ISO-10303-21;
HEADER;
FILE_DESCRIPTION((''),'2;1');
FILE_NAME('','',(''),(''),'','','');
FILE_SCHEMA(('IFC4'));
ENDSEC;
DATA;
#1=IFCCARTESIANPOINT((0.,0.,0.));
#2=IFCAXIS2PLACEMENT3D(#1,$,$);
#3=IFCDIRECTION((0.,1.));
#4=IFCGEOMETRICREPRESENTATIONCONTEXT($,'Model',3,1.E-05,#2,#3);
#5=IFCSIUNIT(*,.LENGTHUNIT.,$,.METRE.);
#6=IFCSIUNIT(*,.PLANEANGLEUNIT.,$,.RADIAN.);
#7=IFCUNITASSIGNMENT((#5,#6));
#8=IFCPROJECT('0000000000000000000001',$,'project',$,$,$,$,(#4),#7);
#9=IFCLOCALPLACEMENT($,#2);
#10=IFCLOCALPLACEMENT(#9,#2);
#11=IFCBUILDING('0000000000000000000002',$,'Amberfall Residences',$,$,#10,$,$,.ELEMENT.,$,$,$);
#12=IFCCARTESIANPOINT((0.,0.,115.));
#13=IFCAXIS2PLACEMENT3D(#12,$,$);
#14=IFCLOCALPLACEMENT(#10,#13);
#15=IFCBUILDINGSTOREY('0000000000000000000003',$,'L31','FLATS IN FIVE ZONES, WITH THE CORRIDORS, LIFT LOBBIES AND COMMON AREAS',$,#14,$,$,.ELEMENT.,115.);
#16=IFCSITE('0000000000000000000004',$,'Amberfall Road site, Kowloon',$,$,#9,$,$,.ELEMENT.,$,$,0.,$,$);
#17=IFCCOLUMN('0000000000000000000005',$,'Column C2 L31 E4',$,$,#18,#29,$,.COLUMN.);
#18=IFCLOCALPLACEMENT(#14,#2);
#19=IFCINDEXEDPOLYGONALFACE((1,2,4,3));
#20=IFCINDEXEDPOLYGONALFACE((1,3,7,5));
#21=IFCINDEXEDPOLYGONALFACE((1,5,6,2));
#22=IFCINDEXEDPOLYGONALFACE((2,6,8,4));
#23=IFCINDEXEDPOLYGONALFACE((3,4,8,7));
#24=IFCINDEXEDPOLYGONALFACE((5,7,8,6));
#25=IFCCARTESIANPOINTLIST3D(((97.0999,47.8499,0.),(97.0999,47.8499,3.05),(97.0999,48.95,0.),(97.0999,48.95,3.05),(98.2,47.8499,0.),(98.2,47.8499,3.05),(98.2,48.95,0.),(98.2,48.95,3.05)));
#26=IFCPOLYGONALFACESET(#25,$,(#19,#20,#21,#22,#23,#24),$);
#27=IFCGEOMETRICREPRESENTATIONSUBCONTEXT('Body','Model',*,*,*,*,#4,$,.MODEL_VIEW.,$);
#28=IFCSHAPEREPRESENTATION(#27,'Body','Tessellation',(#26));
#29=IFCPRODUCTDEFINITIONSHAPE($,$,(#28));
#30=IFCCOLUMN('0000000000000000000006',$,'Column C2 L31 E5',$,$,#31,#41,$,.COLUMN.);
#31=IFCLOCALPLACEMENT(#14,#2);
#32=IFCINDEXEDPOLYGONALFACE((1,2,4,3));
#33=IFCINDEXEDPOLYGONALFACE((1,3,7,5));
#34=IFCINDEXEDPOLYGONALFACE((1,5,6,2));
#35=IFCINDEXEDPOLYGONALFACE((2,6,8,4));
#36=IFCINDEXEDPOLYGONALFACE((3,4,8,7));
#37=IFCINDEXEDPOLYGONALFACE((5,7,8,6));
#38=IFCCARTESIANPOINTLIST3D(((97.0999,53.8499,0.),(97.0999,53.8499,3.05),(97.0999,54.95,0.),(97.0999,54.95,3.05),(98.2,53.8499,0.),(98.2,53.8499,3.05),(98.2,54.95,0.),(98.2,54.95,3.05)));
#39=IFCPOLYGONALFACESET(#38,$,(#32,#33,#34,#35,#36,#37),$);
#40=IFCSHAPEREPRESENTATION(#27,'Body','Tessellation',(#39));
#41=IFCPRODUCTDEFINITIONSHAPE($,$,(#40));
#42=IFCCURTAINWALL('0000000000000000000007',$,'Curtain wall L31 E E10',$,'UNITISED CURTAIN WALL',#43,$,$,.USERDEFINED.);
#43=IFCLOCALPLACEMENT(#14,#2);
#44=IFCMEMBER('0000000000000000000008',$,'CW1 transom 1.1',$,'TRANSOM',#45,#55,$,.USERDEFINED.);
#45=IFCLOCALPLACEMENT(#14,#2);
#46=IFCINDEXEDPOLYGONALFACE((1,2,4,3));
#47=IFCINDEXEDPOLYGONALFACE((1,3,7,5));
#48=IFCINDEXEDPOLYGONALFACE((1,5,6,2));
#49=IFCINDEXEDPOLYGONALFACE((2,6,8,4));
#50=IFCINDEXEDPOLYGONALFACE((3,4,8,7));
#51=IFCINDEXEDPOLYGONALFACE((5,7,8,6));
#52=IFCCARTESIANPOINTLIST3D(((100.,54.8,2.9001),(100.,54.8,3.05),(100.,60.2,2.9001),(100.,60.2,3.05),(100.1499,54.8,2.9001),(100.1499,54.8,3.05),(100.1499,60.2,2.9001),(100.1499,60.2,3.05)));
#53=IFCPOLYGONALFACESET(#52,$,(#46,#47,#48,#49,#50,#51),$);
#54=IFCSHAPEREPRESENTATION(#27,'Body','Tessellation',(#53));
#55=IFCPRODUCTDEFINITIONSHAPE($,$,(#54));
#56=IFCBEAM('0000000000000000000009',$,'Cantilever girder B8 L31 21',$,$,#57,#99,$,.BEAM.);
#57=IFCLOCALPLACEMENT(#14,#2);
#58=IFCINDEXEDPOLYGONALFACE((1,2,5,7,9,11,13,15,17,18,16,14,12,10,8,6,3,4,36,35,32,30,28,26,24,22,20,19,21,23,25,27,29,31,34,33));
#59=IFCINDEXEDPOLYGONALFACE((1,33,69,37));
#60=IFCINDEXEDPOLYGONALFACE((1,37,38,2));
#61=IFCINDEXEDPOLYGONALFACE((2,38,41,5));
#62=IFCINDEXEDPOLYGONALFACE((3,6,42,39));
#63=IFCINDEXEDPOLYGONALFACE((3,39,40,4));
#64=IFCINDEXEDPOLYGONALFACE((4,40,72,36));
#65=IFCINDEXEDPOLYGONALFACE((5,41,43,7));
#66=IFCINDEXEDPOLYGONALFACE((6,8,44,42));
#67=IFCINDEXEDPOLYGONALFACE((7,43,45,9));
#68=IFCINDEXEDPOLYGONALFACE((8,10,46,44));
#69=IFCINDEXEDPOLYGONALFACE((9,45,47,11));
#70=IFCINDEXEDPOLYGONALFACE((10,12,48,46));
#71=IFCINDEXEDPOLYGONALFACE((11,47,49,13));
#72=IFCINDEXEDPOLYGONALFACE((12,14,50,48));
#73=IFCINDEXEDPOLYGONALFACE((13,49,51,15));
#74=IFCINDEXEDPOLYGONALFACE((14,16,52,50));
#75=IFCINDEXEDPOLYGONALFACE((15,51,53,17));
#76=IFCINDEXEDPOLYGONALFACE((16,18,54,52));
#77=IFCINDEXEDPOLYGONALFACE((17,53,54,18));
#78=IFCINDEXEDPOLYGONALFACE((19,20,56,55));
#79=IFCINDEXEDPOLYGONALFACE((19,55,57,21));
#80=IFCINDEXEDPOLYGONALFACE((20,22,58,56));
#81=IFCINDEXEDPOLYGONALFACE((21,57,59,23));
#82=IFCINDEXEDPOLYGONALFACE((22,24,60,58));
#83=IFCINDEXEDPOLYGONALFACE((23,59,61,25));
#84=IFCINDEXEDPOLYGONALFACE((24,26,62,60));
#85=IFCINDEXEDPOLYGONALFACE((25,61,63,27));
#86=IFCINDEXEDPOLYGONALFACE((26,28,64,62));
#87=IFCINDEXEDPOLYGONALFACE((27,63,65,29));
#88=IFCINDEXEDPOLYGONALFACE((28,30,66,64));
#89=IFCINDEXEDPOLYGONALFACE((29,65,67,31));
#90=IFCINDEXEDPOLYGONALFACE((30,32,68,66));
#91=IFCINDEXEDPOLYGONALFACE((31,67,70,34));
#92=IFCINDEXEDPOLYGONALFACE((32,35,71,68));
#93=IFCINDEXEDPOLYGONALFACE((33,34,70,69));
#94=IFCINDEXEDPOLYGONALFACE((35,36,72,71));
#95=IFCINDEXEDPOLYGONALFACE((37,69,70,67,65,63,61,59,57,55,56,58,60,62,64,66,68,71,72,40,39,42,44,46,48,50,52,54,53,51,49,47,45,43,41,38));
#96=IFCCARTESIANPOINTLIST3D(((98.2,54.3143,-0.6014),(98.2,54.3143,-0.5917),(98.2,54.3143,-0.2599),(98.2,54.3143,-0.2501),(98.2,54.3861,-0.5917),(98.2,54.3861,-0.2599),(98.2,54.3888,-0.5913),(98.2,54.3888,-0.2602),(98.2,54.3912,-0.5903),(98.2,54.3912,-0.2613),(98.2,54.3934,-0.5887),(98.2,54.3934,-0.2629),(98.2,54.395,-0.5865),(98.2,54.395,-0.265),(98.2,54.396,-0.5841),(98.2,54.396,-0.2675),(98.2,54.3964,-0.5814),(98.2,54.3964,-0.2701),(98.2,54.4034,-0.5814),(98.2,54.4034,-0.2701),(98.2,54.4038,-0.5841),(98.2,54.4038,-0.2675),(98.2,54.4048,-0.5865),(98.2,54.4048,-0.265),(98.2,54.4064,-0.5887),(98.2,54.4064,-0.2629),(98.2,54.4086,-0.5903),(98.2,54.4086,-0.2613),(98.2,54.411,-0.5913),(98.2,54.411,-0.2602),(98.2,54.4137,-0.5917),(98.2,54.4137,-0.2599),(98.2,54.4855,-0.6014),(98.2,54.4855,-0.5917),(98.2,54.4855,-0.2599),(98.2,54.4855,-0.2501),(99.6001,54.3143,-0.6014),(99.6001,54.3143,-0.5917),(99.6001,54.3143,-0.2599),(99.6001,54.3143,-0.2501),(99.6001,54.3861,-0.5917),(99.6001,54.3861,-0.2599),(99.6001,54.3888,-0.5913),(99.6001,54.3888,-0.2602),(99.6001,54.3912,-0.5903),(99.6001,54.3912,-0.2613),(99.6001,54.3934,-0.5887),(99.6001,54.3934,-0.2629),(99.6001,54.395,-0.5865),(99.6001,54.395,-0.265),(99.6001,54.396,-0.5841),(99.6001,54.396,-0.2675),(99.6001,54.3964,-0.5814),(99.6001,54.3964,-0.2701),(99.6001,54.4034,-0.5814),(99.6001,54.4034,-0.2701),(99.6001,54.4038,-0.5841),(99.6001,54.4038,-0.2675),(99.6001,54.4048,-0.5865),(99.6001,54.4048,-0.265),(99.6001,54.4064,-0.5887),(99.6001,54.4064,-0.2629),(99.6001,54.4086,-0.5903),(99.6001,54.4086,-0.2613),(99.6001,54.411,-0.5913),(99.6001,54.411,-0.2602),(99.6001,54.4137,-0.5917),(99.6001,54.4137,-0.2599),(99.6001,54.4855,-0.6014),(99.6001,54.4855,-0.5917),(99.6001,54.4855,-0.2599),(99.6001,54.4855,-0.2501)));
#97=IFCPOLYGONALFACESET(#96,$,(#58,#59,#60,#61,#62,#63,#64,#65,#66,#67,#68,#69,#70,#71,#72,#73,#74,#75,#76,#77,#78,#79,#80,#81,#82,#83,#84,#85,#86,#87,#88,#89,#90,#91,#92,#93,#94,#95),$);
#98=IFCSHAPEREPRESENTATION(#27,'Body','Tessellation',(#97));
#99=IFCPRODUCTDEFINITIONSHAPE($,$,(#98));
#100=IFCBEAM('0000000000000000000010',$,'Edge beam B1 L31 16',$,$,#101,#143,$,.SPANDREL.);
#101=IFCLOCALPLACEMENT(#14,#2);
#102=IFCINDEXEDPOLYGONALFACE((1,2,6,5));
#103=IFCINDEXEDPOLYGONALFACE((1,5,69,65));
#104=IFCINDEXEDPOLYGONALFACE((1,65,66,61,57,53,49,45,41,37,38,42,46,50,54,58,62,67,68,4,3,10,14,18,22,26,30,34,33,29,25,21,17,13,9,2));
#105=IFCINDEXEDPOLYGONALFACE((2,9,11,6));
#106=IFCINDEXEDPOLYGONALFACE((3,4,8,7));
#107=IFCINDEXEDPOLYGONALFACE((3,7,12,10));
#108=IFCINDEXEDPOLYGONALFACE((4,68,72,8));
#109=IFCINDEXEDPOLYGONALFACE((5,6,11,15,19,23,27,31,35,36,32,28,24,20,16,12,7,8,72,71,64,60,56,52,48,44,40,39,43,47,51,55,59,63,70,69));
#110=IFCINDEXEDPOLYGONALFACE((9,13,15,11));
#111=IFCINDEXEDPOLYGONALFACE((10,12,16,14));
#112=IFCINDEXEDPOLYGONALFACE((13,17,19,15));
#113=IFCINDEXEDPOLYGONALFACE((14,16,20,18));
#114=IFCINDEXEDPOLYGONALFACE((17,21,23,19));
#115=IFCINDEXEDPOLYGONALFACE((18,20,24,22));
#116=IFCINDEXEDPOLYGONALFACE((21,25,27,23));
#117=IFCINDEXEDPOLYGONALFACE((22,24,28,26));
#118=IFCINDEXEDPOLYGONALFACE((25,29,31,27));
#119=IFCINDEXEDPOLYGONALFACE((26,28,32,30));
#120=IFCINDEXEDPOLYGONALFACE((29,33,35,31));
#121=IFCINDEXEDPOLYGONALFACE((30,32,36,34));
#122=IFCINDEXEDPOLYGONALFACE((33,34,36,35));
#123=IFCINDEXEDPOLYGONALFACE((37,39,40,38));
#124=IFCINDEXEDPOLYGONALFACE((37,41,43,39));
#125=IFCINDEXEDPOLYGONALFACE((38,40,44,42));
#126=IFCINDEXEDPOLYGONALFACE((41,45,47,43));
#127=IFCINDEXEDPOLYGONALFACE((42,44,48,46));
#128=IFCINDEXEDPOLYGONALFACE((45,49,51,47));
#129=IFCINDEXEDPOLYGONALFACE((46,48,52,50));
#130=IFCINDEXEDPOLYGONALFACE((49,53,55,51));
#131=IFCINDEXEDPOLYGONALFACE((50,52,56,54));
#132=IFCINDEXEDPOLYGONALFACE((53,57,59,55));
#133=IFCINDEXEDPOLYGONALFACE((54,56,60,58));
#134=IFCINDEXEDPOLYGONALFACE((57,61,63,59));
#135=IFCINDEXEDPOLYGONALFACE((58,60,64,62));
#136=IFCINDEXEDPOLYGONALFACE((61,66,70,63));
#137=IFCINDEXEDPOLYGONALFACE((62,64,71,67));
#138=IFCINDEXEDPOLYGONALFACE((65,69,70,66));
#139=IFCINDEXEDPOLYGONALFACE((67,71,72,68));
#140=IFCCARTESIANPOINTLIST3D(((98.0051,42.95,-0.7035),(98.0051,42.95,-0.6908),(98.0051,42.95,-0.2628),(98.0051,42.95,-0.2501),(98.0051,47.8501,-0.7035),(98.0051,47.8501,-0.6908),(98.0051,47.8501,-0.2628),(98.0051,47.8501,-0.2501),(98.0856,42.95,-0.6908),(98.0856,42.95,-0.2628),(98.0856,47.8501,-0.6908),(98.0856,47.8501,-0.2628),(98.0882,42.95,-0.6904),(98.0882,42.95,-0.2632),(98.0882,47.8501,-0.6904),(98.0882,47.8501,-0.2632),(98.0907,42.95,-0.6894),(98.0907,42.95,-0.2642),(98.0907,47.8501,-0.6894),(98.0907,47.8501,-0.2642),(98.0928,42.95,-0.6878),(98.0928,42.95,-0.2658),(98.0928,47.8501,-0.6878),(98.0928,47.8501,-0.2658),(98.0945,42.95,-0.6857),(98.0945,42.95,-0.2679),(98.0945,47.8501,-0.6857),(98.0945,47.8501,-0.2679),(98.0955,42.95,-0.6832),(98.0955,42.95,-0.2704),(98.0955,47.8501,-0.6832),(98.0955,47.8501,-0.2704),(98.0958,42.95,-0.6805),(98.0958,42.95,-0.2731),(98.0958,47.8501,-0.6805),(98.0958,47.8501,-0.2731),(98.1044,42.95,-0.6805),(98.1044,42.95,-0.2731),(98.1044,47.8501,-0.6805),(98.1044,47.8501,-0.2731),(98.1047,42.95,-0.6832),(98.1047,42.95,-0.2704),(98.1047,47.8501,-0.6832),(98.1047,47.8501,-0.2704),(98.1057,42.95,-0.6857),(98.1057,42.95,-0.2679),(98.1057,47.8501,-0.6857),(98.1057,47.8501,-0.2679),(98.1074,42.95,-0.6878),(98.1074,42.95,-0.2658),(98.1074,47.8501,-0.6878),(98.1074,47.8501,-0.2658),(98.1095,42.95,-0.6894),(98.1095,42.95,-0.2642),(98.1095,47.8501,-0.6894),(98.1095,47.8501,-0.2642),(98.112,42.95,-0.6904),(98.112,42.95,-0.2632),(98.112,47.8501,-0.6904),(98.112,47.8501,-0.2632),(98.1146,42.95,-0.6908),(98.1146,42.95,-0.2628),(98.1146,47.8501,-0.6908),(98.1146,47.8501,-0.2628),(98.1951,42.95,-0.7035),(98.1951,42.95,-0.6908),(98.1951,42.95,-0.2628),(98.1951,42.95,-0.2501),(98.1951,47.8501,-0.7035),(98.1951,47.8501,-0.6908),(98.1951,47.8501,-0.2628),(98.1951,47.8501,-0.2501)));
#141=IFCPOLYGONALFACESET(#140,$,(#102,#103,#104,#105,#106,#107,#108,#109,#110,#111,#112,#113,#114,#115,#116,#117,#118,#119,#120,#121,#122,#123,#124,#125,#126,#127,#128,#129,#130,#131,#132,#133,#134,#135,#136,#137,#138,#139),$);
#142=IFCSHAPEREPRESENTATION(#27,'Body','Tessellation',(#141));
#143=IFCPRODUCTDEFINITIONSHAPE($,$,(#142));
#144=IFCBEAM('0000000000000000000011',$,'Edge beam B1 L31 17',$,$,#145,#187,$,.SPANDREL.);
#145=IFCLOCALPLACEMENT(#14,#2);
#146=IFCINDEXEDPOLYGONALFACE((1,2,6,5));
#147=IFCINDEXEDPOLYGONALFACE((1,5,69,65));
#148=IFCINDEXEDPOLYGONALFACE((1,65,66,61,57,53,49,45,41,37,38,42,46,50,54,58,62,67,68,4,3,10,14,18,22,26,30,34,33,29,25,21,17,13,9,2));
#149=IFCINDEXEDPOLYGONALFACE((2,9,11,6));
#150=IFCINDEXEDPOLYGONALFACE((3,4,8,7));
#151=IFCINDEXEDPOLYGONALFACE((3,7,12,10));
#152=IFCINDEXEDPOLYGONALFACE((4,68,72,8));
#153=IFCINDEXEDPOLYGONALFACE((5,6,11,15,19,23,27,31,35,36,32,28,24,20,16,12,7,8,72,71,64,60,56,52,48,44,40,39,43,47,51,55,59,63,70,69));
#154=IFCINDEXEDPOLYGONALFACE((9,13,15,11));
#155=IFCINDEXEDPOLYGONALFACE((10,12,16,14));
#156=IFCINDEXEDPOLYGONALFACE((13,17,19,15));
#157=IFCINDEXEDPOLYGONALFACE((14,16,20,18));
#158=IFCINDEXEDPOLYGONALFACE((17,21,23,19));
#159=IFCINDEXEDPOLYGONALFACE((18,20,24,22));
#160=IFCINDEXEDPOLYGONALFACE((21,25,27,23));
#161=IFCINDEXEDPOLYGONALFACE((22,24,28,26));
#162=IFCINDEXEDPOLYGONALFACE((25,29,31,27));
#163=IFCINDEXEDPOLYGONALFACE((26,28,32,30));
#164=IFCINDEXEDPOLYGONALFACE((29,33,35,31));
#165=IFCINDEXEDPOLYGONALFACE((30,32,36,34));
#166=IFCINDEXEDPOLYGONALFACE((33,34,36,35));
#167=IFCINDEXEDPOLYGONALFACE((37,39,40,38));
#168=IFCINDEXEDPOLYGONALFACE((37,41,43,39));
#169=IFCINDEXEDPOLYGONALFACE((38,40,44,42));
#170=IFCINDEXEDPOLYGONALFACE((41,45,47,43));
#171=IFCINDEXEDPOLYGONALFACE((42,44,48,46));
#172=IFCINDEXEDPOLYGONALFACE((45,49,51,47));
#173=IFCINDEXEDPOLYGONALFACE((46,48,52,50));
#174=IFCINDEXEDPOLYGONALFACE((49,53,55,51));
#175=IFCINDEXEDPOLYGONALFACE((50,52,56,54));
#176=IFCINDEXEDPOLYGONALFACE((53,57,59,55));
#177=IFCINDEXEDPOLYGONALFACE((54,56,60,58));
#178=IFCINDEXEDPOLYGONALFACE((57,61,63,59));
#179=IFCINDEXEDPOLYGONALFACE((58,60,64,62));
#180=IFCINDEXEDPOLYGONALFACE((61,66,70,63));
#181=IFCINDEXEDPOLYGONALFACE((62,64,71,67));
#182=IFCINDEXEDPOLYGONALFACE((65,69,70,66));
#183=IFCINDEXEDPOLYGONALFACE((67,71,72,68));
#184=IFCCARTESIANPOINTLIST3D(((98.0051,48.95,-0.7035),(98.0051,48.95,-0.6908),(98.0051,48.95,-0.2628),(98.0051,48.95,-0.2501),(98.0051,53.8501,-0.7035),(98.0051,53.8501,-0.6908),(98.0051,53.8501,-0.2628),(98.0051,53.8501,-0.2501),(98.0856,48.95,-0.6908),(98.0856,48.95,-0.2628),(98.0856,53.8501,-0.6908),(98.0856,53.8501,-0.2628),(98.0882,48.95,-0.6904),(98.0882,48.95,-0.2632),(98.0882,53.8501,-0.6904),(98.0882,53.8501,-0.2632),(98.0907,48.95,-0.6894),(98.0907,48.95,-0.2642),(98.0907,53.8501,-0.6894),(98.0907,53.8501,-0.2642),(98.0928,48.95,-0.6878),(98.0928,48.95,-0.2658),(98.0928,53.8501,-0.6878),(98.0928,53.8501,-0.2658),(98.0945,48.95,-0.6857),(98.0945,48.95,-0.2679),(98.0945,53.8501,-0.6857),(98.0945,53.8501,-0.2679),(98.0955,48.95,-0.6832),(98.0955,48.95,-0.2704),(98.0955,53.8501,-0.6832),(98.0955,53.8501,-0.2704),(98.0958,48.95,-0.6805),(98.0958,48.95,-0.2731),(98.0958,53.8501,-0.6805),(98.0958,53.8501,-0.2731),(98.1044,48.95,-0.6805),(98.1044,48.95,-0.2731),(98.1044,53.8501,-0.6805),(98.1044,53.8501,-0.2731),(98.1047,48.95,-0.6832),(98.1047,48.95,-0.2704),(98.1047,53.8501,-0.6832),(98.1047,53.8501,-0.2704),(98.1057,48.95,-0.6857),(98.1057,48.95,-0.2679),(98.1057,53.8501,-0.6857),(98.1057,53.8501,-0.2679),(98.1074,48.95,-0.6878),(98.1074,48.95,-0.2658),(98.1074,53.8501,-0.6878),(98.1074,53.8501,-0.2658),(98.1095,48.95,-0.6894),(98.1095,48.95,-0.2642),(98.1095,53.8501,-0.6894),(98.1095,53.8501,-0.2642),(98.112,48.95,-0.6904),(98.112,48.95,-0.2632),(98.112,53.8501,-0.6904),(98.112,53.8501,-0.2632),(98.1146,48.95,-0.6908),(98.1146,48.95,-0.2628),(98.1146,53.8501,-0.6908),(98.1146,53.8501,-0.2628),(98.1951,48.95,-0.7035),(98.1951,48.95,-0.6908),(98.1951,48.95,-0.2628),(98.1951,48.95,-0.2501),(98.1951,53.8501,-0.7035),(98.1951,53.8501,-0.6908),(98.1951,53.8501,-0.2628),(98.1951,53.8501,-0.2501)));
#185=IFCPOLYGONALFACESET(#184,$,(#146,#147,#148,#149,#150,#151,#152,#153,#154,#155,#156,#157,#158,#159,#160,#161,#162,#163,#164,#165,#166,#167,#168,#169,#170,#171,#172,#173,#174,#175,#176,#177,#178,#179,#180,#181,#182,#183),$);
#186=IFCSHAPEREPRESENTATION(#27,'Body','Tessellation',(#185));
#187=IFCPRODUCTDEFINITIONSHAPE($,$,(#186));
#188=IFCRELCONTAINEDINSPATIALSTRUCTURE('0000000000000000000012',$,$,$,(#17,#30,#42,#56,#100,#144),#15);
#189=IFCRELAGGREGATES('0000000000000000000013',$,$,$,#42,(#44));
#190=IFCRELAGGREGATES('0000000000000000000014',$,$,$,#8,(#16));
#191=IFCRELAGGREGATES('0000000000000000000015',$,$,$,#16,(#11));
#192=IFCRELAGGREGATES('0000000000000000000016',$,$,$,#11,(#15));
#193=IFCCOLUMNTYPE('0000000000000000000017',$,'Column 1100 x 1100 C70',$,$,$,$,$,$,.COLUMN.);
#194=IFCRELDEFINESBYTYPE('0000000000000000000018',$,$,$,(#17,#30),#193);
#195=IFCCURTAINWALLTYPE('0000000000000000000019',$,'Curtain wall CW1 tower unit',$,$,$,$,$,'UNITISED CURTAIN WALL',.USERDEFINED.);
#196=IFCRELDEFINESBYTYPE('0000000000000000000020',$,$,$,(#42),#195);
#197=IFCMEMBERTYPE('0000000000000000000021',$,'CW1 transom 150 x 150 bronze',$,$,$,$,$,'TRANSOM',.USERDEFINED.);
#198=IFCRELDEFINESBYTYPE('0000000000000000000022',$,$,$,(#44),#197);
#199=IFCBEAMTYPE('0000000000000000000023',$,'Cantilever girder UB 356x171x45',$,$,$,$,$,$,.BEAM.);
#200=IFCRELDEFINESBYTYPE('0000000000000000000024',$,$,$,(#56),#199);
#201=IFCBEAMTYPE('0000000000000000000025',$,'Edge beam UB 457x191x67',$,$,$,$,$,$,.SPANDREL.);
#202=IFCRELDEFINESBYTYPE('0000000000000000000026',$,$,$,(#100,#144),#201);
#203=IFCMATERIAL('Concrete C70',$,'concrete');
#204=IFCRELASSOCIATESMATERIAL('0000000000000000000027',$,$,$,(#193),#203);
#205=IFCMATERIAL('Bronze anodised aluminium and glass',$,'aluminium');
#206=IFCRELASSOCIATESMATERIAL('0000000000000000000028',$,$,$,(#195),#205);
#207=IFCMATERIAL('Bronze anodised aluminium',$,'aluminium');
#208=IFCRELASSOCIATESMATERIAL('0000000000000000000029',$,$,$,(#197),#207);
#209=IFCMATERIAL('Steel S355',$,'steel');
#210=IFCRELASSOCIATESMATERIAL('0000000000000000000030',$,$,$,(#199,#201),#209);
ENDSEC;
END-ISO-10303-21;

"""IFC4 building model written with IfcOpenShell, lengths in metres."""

from ifc_helpers import new_model, si_unit, direction, frame, origin, origin_2d, place, context, subcontext, project, spatial, rectangle, i_section, extrude, material, material_profile, profile_set, type_object, element, aggregate, save


model = new_model("IFC4")

# Units and contexts
model_context = context("Model", 3, precision=1e-05, world=origin(), true_north=direction((0.0, 1.0)))
body_context = subcontext(model_context, "Body", "Model", "MODEL_VIEW")
ifc_project = project(units=[si_unit("LENGTHUNIT", "METRE"), si_unit("PLANEANGLEUNIT", "RADIAN")], contexts=[model_context])

# Site, building, storey
site_placement = place(None, origin())
site = spatial("IfcSite", under=ifc_project, at=site_placement, Name="Amberfall Road site, Kowloon", CompositionType="ELEMENT", RefElevation=0.0)
building_placement = place(site_placement, origin())
building = spatial("IfcBuilding", under=site, at=building_placement, Name="Amberfall Residences", CompositionType="ELEMENT")
storey_placement = place(building_placement, frame((0.0, 0.0, 115.0)))
storey = spatial("IfcBuildingStorey", under=building, at=storey_placement, Name="L31", Description="FLATS IN FIVE ZONES, WITH THE CORRIDORS, LIFT LOBBIES AND COMMON AREAS", CompositionType="ELEMENT", Elevation=115.0)

# Columns
ifc_material_1 = material(Name="Concrete C70", Category="concrete")
ifc_material_profile_1 = material_profile(ifc_material_1, rectangle(XDim=1.1001, YDim=1.1001, at=origin_2d()), Name="Column 1100 x 1100 C70")
ifc_profile_set_1 = profile_set([ifc_material_profile_1], Name="Concrete C70")
column_type = type_object("IfcColumnType", Name="Column 1100 x 1100 C70", PredefinedType="COLUMN", material=ifc_profile_set_1)
for number, where, z_axis, x_axis, name in (
    (1, (97.6499, 48.3999, 0.0), (0.0, 0.0, 1.0), (1.0, 0.0, 0.0), "Column C2 L31 E4"),
    (2, (97.6499, 54.3999, 0.0), (0.0, 0.0, 1.0), (1.0, 0.0, 0.0), "Column C2 L31 E5"),
):
    element("IfcColumn", number, at=place(storey_placement, frame(where, z_axis=z_axis, x_axis=x_axis)), inside=storey, type_object=column_type, Name=name, PredefinedType="COLUMN", context=body_context, shape_type="SweptSolid", body=[
        extrude(rectangle(XDim=1.1001, YDim=1.1001, at=origin_2d()), origin(), (0.0, 0.0, 1.0), 3.05),
    ])

# Curtain wall, member
ifc_material_2 = material(Name="Bronze anodised aluminium and glass", Category="aluminium")
curtain_wall_type = type_object("IfcCurtainWallType", Name="Curtain wall CW1 tower unit", ElementType="UNITISED CURTAIN WALL", PredefinedType="USERDEFINED", material=ifc_material_2)
curtain_wall_placement = place(storey_placement, origin())
curtain_wall = element("IfcCurtainWall", 3, at=curtain_wall_placement, inside=storey, type_object=curtain_wall_type, Name="Curtain wall L31 E E10", ObjectType="UNITISED CURTAIN WALL", PredefinedType="USERDEFINED")
ifc_material_3 = material(Name="Bronze anodised aluminium", Category="aluminium")
ifc_material_profile_2 = material_profile(ifc_material_3, rectangle(XDim=0.1499, YDim=0.1499, at=origin_2d()), Name="CW1 transom 150 x 150 bronze")
ifc_profile_set_2 = profile_set([ifc_material_profile_2], Name="Bronze anodised aluminium")
member_type_1 = type_object("IfcMemberType", Name="CW1 transom 150 x 150 bronze", ElementType="TRANSOM", PredefinedType="USERDEFINED", material=ifc_profile_set_2)
member_1_placement = place(storey_placement, frame((100.075, 54.8, 2.9751), z_axis=(0.0, 1.0, 0.0), x_axis=(-1.0, 0.0, 0.0)))
member_1 = element("IfcMember", 4, at=member_1_placement, type_object=member_type_1, Name="CW1 transom 1.1", ObjectType="TRANSOM", PredefinedType="USERDEFINED", context=body_context, shape_type="SweptSolid", body=[
    extrude(rectangle(XDim=0.1499, YDim=0.1499, at=origin_2d()), origin(), (0.0, 0.0, 1.0), 5.3999),
])

# Beams
ifc_material_4 = material(Name="Steel S355", Category="steel")
ifc_material_profile_3 = material_profile(ifc_material_4, i_section(OverallWidth=0.1711, OverallDepth=0.3513, WebThickness=0.0071, FlangeThickness=0.0098, FilletRadius=0.0103, at=origin_2d()), Name="UB 356x171x45")
ifc_profile_set_3 = profile_set([ifc_material_profile_3], Name="Steel S355")
beam_type_1 = type_object("IfcBeamType", Name="Cantilever girder UB 356x171x45", PredefinedType="BEAM", material=ifc_profile_set_3)
beam_1_placement = place(storey_placement, frame((98.2, 54.3999, -0.4258), z_axis=(1.0, 0.0, 0.0), x_axis=(0.0, 1.0, 0.0)))
element("IfcBeam", 5, at=beam_1_placement, inside=storey, type_object=beam_type_1, Name="Cantilever girder B8 L31 21", PredefinedType="BEAM", context=body_context, shape_type="SweptSolid", body=[
    extrude(i_section(OverallWidth=0.1711, OverallDepth=0.3513, WebThickness=0.0071, FlangeThickness=0.0098, FilletRadius=0.0103, at=origin_2d()), origin(), (0.0, 0.0, 1.0), 1.4001),
])
ifc_material_profile_4 = material_profile(ifc_material_4, i_section(OverallWidth=0.1899, OverallDepth=0.4534, WebThickness=0.0085, FlangeThickness=0.0127, FilletRadius=0.0103, at=origin_2d()), Name="UB 457x191x67")
ifc_profile_set_4 = profile_set([ifc_material_profile_4], Name="Steel S355")
beam_type_2 = type_object("IfcBeamType", Name="Edge beam UB 457x191x67", PredefinedType="SPANDREL", material=ifc_profile_set_4)
for number, where, z_axis, x_axis, name in (
    (6, (98.1001, 42.95, -0.4768), (0.0, 1.0, 0.0), (-1.0, 0.0, 0.0), "Edge beam B1 L31 16"),
    (7, (98.1001, 48.95, -0.4768), (0.0, 1.0, 0.0), (-1.0, 0.0, 0.0), "Edge beam B1 L31 17"),
):
    element("IfcBeam", number, at=place(storey_placement, frame(where, z_axis=z_axis, x_axis=x_axis)), inside=storey, type_object=beam_type_2, Name=name, PredefinedType="SPANDREL", context=body_context, shape_type="SweptSolid", body=[
        extrude(i_section(OverallWidth=0.1899, OverallDepth=0.4534, WebThickness=0.0085, FlangeThickness=0.0127, FilletRadius=0.0103, at=origin_2d()), origin(), (0.0, 0.0, 1.0), 4.9001),
    ])

aggregate(curtain_wall, [member_1])

save(model, "model.ifc")
